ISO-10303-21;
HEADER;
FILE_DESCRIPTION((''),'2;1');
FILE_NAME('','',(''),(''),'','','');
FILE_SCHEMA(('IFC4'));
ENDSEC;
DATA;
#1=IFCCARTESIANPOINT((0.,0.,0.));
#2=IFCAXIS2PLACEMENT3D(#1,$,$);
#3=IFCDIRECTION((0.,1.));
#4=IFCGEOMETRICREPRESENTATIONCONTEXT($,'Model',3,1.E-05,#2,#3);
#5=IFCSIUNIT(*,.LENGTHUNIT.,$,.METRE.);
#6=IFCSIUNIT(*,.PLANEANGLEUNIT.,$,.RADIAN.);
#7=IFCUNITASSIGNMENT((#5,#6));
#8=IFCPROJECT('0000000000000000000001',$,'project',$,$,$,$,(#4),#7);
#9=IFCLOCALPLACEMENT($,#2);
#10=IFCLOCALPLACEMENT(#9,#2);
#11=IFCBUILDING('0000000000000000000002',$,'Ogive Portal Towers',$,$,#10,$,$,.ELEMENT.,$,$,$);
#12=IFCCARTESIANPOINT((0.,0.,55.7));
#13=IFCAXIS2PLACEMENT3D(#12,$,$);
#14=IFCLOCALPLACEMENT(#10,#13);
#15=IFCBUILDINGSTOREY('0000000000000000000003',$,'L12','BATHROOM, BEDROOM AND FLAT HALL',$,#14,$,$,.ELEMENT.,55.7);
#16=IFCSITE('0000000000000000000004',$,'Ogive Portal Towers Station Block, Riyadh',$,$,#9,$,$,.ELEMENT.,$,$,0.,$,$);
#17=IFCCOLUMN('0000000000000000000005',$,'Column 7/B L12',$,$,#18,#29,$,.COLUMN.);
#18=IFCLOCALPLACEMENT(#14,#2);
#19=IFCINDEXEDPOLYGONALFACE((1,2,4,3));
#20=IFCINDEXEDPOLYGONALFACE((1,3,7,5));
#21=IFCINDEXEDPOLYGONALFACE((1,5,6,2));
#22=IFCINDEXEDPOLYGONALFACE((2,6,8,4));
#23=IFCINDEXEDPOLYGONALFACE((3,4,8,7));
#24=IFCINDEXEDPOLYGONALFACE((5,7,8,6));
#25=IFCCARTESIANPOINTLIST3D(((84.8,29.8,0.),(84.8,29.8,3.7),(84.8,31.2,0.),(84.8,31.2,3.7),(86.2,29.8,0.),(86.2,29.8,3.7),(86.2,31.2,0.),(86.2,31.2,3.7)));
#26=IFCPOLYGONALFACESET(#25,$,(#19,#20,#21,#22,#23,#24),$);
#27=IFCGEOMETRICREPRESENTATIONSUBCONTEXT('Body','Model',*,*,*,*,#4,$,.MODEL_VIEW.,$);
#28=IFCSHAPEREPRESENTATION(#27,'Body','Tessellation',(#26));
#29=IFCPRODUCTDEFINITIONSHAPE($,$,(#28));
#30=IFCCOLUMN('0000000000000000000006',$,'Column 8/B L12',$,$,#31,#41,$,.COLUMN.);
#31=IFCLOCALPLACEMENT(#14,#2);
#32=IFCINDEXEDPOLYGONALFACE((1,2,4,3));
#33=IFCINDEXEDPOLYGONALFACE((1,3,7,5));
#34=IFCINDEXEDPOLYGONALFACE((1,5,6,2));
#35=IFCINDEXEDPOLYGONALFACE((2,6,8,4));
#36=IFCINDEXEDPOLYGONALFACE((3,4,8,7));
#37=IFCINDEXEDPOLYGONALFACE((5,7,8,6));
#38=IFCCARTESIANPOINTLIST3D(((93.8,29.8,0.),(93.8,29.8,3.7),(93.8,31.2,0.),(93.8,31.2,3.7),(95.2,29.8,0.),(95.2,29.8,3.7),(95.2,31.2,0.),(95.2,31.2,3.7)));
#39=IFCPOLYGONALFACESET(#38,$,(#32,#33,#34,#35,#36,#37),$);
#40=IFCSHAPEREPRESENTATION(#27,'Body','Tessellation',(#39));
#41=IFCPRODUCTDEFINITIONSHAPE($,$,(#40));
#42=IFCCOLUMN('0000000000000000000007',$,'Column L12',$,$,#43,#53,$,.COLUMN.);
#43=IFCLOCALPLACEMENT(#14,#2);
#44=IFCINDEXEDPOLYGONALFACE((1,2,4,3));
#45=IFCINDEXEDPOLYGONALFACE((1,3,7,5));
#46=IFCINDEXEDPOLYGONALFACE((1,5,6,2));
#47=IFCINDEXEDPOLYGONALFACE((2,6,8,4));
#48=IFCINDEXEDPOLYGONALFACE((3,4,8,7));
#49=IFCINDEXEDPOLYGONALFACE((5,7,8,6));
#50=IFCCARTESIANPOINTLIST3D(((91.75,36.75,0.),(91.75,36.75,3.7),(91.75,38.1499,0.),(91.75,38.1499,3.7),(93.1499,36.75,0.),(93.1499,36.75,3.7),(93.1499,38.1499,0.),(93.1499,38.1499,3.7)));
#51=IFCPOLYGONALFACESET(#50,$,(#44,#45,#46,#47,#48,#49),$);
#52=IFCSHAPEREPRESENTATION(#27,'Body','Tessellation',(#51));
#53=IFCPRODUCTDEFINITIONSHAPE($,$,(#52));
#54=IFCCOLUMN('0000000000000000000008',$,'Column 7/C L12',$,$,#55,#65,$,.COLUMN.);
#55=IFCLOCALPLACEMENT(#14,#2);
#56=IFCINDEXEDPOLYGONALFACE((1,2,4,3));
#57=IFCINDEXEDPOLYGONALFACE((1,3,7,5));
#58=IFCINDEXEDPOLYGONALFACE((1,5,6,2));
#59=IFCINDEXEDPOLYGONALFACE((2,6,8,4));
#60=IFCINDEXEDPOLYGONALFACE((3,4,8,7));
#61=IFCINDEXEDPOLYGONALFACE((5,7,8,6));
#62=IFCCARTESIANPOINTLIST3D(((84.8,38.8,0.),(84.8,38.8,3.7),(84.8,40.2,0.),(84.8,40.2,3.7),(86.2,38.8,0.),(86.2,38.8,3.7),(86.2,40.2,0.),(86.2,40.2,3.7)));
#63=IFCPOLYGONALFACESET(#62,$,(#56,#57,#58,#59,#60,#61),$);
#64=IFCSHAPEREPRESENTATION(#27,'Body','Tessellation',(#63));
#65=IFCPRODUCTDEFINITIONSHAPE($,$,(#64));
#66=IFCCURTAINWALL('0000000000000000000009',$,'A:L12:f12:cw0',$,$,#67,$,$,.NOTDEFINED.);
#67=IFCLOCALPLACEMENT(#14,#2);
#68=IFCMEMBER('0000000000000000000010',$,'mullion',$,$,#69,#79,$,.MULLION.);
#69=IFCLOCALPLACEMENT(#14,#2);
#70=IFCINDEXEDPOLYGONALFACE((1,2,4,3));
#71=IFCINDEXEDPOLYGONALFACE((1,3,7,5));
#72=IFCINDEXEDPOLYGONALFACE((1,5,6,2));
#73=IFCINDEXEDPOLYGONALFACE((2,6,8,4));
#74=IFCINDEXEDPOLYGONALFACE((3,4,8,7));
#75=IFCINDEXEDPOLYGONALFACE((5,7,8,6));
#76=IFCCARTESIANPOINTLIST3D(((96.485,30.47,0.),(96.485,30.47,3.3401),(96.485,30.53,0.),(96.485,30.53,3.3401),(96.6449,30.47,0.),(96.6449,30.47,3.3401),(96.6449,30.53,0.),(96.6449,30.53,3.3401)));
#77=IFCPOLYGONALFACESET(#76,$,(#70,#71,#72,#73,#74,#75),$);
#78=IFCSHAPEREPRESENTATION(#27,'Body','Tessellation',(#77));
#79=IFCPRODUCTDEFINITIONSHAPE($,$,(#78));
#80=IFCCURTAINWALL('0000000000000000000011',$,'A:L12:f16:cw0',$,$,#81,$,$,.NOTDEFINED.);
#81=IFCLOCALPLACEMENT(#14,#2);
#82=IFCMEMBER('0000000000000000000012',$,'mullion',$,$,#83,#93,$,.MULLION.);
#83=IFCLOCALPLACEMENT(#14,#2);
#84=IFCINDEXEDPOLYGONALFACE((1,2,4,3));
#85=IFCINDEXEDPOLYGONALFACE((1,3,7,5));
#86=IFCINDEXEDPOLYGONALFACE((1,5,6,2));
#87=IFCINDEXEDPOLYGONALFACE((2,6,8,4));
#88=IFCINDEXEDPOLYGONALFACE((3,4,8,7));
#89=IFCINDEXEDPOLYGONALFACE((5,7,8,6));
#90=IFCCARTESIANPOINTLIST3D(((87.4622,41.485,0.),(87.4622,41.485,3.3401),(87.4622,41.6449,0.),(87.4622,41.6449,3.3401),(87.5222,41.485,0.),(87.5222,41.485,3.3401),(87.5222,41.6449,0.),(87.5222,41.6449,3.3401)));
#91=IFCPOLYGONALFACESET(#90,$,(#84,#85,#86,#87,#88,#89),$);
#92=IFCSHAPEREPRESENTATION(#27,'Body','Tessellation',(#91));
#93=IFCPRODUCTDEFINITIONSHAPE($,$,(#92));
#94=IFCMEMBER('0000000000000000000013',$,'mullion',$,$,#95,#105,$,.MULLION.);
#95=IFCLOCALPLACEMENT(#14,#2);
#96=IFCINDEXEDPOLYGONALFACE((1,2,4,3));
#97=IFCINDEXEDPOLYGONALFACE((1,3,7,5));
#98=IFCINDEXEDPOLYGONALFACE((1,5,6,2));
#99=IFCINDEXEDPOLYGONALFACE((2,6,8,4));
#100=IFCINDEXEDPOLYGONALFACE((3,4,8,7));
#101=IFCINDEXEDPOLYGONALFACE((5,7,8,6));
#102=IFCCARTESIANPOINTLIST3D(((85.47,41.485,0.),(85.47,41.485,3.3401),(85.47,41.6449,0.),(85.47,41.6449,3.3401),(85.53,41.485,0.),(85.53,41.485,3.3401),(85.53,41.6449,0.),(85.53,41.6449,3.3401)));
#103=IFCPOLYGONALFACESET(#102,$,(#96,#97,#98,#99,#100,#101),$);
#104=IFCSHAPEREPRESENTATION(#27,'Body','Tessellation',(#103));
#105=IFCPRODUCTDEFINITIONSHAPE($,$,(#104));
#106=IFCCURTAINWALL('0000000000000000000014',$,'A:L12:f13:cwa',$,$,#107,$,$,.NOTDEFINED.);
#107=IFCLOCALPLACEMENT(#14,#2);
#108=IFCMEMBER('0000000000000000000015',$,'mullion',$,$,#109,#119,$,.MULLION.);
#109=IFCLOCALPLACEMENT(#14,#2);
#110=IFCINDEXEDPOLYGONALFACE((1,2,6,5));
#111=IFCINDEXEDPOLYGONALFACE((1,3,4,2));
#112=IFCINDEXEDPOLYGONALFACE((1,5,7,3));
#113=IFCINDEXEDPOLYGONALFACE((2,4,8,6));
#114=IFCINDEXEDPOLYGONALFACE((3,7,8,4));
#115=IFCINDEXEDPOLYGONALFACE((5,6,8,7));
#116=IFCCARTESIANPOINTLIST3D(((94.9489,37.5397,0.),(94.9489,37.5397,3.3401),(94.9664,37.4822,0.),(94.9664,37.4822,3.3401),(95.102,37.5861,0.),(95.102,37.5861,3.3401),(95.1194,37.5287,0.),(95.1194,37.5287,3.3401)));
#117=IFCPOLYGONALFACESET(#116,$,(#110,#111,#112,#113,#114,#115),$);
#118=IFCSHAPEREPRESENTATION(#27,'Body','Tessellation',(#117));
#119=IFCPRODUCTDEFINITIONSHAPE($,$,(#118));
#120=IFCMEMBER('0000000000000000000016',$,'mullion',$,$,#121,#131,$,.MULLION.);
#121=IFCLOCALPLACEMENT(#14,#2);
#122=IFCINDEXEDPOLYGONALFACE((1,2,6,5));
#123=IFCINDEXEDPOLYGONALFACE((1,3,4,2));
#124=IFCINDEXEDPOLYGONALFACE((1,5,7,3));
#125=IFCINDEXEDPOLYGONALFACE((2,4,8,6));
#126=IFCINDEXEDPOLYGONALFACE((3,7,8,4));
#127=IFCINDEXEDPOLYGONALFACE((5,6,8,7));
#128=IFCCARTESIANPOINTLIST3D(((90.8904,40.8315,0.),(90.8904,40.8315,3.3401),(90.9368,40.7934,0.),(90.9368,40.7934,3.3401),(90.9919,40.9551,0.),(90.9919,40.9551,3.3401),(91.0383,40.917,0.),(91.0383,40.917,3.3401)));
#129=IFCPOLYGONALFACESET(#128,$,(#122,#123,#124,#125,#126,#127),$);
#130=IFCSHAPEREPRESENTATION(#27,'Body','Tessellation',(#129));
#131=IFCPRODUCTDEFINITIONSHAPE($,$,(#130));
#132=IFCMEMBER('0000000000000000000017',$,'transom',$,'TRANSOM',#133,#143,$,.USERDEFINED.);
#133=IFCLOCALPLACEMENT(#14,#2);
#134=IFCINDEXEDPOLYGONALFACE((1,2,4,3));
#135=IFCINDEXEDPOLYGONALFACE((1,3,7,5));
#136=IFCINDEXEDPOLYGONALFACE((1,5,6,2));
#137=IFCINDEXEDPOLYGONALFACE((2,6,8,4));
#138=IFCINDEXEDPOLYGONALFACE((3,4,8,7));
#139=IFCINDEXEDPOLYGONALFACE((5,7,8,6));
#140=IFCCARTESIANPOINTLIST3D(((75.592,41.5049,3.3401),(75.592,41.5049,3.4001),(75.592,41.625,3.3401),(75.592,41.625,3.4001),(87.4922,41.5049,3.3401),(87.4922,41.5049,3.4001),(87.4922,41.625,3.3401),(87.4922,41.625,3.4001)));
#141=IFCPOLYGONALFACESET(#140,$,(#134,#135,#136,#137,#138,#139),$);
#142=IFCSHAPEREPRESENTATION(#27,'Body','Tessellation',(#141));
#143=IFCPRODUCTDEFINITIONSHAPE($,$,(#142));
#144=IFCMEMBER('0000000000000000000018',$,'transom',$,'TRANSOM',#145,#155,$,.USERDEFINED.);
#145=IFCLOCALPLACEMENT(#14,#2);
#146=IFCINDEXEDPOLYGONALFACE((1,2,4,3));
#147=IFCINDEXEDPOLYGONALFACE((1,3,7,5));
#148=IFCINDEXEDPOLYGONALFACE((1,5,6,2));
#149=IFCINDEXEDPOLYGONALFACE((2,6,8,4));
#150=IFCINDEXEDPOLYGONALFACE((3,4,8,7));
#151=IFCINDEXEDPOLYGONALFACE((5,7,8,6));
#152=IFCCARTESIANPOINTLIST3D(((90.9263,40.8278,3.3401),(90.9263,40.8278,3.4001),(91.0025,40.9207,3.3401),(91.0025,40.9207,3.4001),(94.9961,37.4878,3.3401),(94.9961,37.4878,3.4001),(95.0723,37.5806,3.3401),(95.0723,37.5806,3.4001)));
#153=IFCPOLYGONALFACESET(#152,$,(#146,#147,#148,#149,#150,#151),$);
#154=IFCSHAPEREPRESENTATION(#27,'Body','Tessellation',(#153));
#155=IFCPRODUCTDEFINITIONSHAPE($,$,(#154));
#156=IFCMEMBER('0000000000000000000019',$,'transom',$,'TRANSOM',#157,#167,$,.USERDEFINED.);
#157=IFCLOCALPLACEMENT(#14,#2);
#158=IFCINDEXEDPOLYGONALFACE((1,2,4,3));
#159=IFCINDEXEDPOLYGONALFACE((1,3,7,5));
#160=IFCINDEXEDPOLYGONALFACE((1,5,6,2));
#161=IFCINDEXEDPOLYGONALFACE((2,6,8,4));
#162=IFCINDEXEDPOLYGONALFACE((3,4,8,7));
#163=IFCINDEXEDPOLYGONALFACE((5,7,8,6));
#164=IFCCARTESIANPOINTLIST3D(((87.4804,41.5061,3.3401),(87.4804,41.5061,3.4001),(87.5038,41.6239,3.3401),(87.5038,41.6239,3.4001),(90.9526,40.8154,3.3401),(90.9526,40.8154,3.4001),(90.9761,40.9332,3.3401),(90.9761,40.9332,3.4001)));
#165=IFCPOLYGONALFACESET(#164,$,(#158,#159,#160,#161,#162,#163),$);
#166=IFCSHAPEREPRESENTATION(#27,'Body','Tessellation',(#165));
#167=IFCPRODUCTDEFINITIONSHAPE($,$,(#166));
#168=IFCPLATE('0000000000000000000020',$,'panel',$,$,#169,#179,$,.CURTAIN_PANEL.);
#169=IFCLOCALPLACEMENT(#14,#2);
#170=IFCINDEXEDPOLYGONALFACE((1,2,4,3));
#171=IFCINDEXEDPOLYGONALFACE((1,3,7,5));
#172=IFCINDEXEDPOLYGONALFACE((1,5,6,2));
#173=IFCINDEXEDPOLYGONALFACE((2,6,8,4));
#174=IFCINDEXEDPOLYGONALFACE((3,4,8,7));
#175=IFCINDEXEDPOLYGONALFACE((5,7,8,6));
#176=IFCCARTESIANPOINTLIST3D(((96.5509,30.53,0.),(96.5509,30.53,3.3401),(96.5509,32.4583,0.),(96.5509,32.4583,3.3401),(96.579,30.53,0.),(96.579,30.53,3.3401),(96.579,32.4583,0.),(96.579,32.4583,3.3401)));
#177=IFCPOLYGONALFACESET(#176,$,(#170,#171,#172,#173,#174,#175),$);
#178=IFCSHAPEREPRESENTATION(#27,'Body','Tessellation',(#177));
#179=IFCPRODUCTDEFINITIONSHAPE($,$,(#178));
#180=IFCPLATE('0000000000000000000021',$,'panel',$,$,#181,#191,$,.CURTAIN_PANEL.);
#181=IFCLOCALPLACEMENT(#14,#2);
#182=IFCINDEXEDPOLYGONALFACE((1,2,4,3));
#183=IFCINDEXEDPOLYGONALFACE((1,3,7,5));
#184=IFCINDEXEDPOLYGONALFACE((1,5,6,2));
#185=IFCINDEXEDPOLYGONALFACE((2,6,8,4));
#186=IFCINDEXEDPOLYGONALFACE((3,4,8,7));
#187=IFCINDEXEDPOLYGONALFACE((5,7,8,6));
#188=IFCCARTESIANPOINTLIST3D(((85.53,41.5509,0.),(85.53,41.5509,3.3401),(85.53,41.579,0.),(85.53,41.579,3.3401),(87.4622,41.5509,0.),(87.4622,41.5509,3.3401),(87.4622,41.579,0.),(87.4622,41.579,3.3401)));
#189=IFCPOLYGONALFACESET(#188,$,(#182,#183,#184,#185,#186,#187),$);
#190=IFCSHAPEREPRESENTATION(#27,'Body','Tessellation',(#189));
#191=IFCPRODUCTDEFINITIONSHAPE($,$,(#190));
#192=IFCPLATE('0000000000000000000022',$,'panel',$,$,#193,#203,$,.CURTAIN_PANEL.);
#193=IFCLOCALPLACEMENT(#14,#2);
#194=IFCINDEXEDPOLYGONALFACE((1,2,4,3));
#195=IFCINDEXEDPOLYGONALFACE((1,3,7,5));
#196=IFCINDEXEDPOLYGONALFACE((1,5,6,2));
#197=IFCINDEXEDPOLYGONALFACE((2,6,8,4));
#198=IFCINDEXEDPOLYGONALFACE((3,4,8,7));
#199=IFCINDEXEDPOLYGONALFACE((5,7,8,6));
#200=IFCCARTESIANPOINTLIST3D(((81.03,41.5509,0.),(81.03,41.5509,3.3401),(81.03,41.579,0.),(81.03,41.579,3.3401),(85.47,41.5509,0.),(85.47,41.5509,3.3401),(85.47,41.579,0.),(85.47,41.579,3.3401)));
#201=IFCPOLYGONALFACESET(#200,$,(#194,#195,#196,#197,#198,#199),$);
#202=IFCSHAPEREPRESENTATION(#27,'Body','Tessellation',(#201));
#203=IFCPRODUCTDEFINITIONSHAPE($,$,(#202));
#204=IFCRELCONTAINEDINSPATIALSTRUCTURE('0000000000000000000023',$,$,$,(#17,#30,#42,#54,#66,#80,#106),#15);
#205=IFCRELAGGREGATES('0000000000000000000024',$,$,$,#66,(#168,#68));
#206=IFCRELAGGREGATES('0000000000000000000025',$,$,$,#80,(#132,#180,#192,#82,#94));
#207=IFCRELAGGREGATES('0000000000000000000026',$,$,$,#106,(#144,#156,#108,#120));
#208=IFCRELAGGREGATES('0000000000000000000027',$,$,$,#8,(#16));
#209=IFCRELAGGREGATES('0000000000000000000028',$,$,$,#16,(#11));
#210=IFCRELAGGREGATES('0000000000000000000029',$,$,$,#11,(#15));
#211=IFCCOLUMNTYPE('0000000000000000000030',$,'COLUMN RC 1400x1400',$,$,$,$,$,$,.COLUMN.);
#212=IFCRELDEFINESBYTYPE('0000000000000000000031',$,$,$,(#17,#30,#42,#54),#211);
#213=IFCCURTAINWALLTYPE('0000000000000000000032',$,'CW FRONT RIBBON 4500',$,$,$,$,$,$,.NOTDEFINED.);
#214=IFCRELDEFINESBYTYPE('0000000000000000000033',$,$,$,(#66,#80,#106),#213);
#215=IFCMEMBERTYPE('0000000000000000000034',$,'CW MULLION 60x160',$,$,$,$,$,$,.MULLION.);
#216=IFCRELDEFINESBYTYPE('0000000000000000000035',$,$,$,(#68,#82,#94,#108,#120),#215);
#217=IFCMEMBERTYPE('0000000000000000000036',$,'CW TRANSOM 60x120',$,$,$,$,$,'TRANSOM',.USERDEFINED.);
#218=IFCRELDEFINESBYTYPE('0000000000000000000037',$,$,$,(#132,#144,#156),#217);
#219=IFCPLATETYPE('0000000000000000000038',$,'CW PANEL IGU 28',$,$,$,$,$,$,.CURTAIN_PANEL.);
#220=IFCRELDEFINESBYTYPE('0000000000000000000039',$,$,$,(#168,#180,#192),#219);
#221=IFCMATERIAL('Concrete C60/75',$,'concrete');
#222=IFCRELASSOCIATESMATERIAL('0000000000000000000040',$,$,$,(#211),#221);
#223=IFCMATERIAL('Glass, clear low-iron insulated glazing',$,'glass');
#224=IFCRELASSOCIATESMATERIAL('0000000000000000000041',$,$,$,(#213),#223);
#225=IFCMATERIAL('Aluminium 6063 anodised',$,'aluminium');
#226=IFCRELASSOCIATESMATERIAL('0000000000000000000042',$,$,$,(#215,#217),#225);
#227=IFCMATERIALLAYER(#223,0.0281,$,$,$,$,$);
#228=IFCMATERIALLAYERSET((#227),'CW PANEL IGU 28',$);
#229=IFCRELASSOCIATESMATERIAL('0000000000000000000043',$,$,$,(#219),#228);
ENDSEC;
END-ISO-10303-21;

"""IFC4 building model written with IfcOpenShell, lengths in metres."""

from ifc_helpers import new_model, si_unit, direction, frame, origin, origin_2d, place, context, subcontext, project, spatial, rectangle, extrude, material, layer, layer_set, material_profile, profile_set, type_object, element, aggregate, save


model = new_model("IFC4")

# Units and contexts
model_context = context("Model", 3, precision=1e-05, world=origin(), true_north=direction((0.0, 1.0)))
body_context = subcontext(model_context, "Body", "Model", "MODEL_VIEW")
ifc_project = project(units=[si_unit("LENGTHUNIT", "METRE"), si_unit("PLANEANGLEUNIT", "RADIAN")], contexts=[model_context])

# Site, building, storey
site_placement = place(None, origin())
site = spatial("IfcSite", under=ifc_project, at=site_placement, Name="Ogive Portal Towers Station Block, Riyadh", CompositionType="ELEMENT", RefElevation=0.0)
building_placement = place(site_placement, origin())
building = spatial("IfcBuilding", under=site, at=building_placement, Name="Ogive Portal Towers", CompositionType="ELEMENT")
storey_placement = place(building_placement, frame((0.0, 0.0, 55.7)))
storey = spatial("IfcBuildingStorey", under=building, at=storey_placement, Name="L12", Description="BATHROOM, BEDROOM AND FLAT HALL", CompositionType="ELEMENT", Elevation=55.7)

# Columns
ifc_material_1 = material(Name="Concrete C60/75", Category="concrete")
ifc_material_profile_1 = material_profile(ifc_material_1, rectangle(XDim=1.3999, YDim=1.3999, at=origin_2d()), Name="RC 1400x1400")
ifc_profile_set_1 = profile_set([ifc_material_profile_1], Name="Concrete C60/75")
column_type = type_object("IfcColumnType", Name="COLUMN RC 1400x1400", PredefinedType="COLUMN", material=ifc_profile_set_1)
for number, where, z_axis, x_axis, name in (
    (1, (85.5, 30.5, 0.0), (0.0, 0.0, 1.0), (1.0, 0.0, 0.0), "Column 7/B L12"),
    (2, (94.5, 30.5, 0.0), (0.0, 0.0, 1.0), (1.0, 0.0, 0.0), "Column 8/B L12"),
    (3, (92.45, 37.45, 0.0), (0.0, 0.0, 1.0), (1.0, 0.0, 0.0), "Column L12"),
    (4, (85.5, 39.5, 0.0), (0.0, 0.0, 1.0), (1.0, 0.0, 0.0), "Column 7/C L12"),
):
    element("IfcColumn", number, at=place(storey_placement, frame(where, z_axis=z_axis, x_axis=x_axis)), inside=storey, type_object=column_type, Name=name, PredefinedType="COLUMN", context=body_context, shape_type="SweptSolid", body=[
        extrude(rectangle(XDim=1.3999, YDim=1.3999, at=origin_2d()), origin(), (0.0, 0.0, 1.0), 3.7),
    ])

# Curtain wall, member
ifc_material_2 = material(Name="Glass, clear low-iron insulated glazing", Category="glass")
curtain_wall_type = type_object("IfcCurtainWallType", Name="CW FRONT RIBBON 4500", PredefinedType="NOTDEFINED", material=ifc_material_2)
curtain_wall_1_placement = place(storey_placement, origin())
curtain_wall_1 = element("IfcCurtainWall", 5, at=curtain_wall_1_placement, inside=storey, type_object=curtain_wall_type, Name="A:L12:f12:cw0", PredefinedType="NOTDEFINED")
ifc_material_3 = material(Name="Aluminium 6063 anodised", Category="aluminium")
ifc_material_profile_2 = material_profile(ifc_material_3, rectangle(XDim=0.1599, YDim=0.0601, at=origin_2d()), Name="AL 60x160")
ifc_profile_set_2 = profile_set([ifc_material_profile_2], Name="Aluminium 6063 anodised")
member_type_1 = type_object("IfcMemberType", Name="CW MULLION 60x160", PredefinedType="MULLION", material=ifc_profile_set_2)
member_1_placement = place(storey_placement, frame((96.5649, 30.5, 0.0), z_axis=(0.0, 0.0, 1.0), x_axis=(-1.0, 0.0, 0.0)))
member_1 = element("IfcMember", 6, at=member_1_placement, type_object=member_type_1, Name="mullion", PredefinedType="MULLION", context=body_context, shape_type="SweptSolid", body=[
    extrude(rectangle(XDim=0.1599, YDim=0.0601, at=origin_2d()), origin(), (0.0, 0.0, 1.0), 3.3401),
])

# Curtain walls, members
curtain_wall_2_placement = place(storey_placement, origin())
curtain_wall_2 = element("IfcCurtainWall", 7, at=curtain_wall_2_placement, inside=storey, type_object=curtain_wall_type, Name="A:L12:f16:cw0", PredefinedType="NOTDEFINED")
member_2_placement = place(storey_placement, frame((87.4922, 41.5649, 0.0), z_axis=(0.0, 0.0, 1.0), x_axis=(0.0, -1.0, 0.0)))
member_2 = element("IfcMember", 8, at=member_2_placement, type_object=member_type_1, Name="mullion", PredefinedType="MULLION", context=body_context, shape_type="SweptSolid", body=[
    extrude(rectangle(XDim=0.1599, YDim=0.0601, at=origin_2d()), origin(), (0.0, 0.0, 1.0), 3.3401),
])
member_3_placement = place(storey_placement, frame((85.5, 41.5649, 0.0), z_axis=(0.0, 0.0, 1.0), x_axis=(0.0, -1.0, 0.0)))
member_3 = element("IfcMember", 9, at=member_3_placement, type_object=member_type_1, Name="mullion", PredefinedType="MULLION", context=body_context, shape_type="SweptSolid", body=[
    extrude(rectangle(XDim=0.1599, YDim=0.0601, at=origin_2d()), origin(), (0.0, 0.0, 1.0), 3.3401),
])
curtain_wall_3_placement = place(storey_placement, origin())
curtain_wall_3 = element("IfcCurtainWall", 10, at=curtain_wall_3_placement, inside=storey, type_object=curtain_wall_type, Name="A:L12:f13:cwa", PredefinedType="NOTDEFINED")
member_4_placement = place(storey_placement, frame((95.0342, 37.5342, 0.0), z_axis=(0.0, 0.0, 1.0), x_axis=(-0.95694, -0.290285, 0.0)))
member_4 = element("IfcMember", 11, at=member_4_placement, type_object=member_type_1, Name="mullion", PredefinedType="MULLION", context=body_context, shape_type="SweptSolid", body=[
    extrude(rectangle(XDim=0.1599, YDim=0.0601, at=origin_2d()), origin(), (0.0, 0.0, 1.0), 3.3401),
])
member_5_placement = place(storey_placement, frame((90.9644, 40.8743, 0.0), z_axis=(0.0, 0.0, 1.0), x_axis=(-0.634393, -0.77301, 0.0)))
member_5 = element("IfcMember", 12, at=member_5_placement, type_object=member_type_1, Name="mullion", PredefinedType="MULLION", context=body_context, shape_type="SweptSolid", body=[
    extrude(rectangle(XDim=0.1599, YDim=0.0601, at=origin_2d()), origin(), (0.0, 0.0, 1.0), 3.3401),
])

# Members
ifc_material_profile_3 = material_profile(ifc_material_3, rectangle(XDim=0.1201, YDim=0.0601, at=origin_2d()), Name="AL 120x60")
ifc_profile_set_3 = profile_set([ifc_material_profile_3], Name="Aluminium 6063 anodised")
member_type_2 = type_object("IfcMemberType", Name="CW TRANSOM 60x120", ElementType="TRANSOM", PredefinedType="USERDEFINED", material=ifc_profile_set_3)
member_6_placement = place(storey_placement, frame((87.4922, 41.5649, 3.3701), z_axis=(-1.0, 0.0, 0.0), x_axis=(0.0, -1.0, 0.0)))
member_6 = element("IfcMember", 13, at=member_6_placement, type_object=member_type_2, Name="transom", ObjectType="TRANSOM", PredefinedType="USERDEFINED", context=body_context, shape_type="SweptSolid", body=[
    extrude(rectangle(XDim=0.1201, YDim=0.0601, at=origin_2d()), origin(), (0.0, 0.0, 1.0), 11.9001),
])
member_7_placement = place(storey_placement, frame((95.0342, 37.5342, 3.3701), z_axis=(-0.773004, 0.634401, 0.0), x_axis=(-0.634401, -0.773004, 0.0)))
member_7 = element("IfcMember", 14, at=member_7_placement, type_object=member_type_2, Name="transom", ObjectType="TRANSOM", PredefinedType="USERDEFINED", context=body_context, shape_type="SweptSolid", body=[
    extrude(rectangle(XDim=0.1201, YDim=0.0601, at=origin_2d()), origin(), (0.0, 0.0, 1.0), 5.2649),
])
member_8_placement = place(storey_placement, frame((90.9644, 40.8743, 3.3701), z_axis=(-0.980784, 0.195095, 0.0), x_axis=(-0.195095, -0.980784, 0.0)))
member_8 = element("IfcMember", 15, at=member_8_placement, type_object=member_type_2, Name="transom", ObjectType="TRANSOM", PredefinedType="USERDEFINED", context=body_context, shape_type="SweptSolid", body=[
    extrude(rectangle(XDim=0.1201, YDim=0.0601, at=origin_2d()), origin(), (0.0, 0.0, 1.0), 3.5403),
])

# Plates
ifc_layer_1 = layer(ifc_material_2, 0.0281)
ifc_layer_set_1 = layer_set([ifc_layer_1], Name="CW PANEL IGU 28")
plate_type = type_object("IfcPlateType", Name="CW PANEL IGU 28", PredefinedType="CURTAIN_PANEL", material=ifc_layer_set_1)
plate_1_placement = place(storey_placement, frame((96.5649, 31.4941, 0.0), z_axis=(0.0, 0.0, 1.0), x_axis=(0.0, 1.0, 0.0)))
plate_1 = element("IfcPlate", 16, at=plate_1_placement, type_object=plate_type, Name="panel", PredefinedType="CURTAIN_PANEL", context=body_context, shape_type="SweptSolid", body=[
    extrude(rectangle(XDim=1.9282, YDim=0.0281, at=origin_2d()), origin(), (0.0, 0.0, 1.0), 3.3401),
])
aggregate(curtain_wall_1, [plate_1, member_1])
plate_2_placement = place(storey_placement, frame((86.4961, 41.5649, 0.0), z_axis=(0.0, 0.0, 1.0), x_axis=(-1.0, 0.0, 0.0)))
plate_2 = element("IfcPlate", 17, at=plate_2_placement, type_object=plate_type, Name="panel", PredefinedType="CURTAIN_PANEL", context=body_context, shape_type="SweptSolid", body=[
    extrude(rectangle(XDim=1.9321, YDim=0.0281, at=origin_2d()), origin(), (0.0, 0.0, 1.0), 3.3401),
])
plate_3_placement = place(storey_placement, frame((83.25, 41.5649, 0.0), z_axis=(0.0, 0.0, 1.0), x_axis=(-1.0, 0.0, 0.0)))
plate_3 = element("IfcPlate", 18, at=plate_3_placement, type_object=plate_type, Name="panel", PredefinedType="CURTAIN_PANEL", context=body_context, shape_type="SweptSolid", body=[
    extrude(rectangle(XDim=4.4399, YDim=0.0281, at=origin_2d()), origin(), (0.0, 0.0, 1.0), 3.3401),
])
aggregate(curtain_wall_2, [member_6, plate_2, plate_3, member_2, member_3])
aggregate(curtain_wall_3, [member_7, member_8, member_4, member_5])

save(model, "model.ifc")
